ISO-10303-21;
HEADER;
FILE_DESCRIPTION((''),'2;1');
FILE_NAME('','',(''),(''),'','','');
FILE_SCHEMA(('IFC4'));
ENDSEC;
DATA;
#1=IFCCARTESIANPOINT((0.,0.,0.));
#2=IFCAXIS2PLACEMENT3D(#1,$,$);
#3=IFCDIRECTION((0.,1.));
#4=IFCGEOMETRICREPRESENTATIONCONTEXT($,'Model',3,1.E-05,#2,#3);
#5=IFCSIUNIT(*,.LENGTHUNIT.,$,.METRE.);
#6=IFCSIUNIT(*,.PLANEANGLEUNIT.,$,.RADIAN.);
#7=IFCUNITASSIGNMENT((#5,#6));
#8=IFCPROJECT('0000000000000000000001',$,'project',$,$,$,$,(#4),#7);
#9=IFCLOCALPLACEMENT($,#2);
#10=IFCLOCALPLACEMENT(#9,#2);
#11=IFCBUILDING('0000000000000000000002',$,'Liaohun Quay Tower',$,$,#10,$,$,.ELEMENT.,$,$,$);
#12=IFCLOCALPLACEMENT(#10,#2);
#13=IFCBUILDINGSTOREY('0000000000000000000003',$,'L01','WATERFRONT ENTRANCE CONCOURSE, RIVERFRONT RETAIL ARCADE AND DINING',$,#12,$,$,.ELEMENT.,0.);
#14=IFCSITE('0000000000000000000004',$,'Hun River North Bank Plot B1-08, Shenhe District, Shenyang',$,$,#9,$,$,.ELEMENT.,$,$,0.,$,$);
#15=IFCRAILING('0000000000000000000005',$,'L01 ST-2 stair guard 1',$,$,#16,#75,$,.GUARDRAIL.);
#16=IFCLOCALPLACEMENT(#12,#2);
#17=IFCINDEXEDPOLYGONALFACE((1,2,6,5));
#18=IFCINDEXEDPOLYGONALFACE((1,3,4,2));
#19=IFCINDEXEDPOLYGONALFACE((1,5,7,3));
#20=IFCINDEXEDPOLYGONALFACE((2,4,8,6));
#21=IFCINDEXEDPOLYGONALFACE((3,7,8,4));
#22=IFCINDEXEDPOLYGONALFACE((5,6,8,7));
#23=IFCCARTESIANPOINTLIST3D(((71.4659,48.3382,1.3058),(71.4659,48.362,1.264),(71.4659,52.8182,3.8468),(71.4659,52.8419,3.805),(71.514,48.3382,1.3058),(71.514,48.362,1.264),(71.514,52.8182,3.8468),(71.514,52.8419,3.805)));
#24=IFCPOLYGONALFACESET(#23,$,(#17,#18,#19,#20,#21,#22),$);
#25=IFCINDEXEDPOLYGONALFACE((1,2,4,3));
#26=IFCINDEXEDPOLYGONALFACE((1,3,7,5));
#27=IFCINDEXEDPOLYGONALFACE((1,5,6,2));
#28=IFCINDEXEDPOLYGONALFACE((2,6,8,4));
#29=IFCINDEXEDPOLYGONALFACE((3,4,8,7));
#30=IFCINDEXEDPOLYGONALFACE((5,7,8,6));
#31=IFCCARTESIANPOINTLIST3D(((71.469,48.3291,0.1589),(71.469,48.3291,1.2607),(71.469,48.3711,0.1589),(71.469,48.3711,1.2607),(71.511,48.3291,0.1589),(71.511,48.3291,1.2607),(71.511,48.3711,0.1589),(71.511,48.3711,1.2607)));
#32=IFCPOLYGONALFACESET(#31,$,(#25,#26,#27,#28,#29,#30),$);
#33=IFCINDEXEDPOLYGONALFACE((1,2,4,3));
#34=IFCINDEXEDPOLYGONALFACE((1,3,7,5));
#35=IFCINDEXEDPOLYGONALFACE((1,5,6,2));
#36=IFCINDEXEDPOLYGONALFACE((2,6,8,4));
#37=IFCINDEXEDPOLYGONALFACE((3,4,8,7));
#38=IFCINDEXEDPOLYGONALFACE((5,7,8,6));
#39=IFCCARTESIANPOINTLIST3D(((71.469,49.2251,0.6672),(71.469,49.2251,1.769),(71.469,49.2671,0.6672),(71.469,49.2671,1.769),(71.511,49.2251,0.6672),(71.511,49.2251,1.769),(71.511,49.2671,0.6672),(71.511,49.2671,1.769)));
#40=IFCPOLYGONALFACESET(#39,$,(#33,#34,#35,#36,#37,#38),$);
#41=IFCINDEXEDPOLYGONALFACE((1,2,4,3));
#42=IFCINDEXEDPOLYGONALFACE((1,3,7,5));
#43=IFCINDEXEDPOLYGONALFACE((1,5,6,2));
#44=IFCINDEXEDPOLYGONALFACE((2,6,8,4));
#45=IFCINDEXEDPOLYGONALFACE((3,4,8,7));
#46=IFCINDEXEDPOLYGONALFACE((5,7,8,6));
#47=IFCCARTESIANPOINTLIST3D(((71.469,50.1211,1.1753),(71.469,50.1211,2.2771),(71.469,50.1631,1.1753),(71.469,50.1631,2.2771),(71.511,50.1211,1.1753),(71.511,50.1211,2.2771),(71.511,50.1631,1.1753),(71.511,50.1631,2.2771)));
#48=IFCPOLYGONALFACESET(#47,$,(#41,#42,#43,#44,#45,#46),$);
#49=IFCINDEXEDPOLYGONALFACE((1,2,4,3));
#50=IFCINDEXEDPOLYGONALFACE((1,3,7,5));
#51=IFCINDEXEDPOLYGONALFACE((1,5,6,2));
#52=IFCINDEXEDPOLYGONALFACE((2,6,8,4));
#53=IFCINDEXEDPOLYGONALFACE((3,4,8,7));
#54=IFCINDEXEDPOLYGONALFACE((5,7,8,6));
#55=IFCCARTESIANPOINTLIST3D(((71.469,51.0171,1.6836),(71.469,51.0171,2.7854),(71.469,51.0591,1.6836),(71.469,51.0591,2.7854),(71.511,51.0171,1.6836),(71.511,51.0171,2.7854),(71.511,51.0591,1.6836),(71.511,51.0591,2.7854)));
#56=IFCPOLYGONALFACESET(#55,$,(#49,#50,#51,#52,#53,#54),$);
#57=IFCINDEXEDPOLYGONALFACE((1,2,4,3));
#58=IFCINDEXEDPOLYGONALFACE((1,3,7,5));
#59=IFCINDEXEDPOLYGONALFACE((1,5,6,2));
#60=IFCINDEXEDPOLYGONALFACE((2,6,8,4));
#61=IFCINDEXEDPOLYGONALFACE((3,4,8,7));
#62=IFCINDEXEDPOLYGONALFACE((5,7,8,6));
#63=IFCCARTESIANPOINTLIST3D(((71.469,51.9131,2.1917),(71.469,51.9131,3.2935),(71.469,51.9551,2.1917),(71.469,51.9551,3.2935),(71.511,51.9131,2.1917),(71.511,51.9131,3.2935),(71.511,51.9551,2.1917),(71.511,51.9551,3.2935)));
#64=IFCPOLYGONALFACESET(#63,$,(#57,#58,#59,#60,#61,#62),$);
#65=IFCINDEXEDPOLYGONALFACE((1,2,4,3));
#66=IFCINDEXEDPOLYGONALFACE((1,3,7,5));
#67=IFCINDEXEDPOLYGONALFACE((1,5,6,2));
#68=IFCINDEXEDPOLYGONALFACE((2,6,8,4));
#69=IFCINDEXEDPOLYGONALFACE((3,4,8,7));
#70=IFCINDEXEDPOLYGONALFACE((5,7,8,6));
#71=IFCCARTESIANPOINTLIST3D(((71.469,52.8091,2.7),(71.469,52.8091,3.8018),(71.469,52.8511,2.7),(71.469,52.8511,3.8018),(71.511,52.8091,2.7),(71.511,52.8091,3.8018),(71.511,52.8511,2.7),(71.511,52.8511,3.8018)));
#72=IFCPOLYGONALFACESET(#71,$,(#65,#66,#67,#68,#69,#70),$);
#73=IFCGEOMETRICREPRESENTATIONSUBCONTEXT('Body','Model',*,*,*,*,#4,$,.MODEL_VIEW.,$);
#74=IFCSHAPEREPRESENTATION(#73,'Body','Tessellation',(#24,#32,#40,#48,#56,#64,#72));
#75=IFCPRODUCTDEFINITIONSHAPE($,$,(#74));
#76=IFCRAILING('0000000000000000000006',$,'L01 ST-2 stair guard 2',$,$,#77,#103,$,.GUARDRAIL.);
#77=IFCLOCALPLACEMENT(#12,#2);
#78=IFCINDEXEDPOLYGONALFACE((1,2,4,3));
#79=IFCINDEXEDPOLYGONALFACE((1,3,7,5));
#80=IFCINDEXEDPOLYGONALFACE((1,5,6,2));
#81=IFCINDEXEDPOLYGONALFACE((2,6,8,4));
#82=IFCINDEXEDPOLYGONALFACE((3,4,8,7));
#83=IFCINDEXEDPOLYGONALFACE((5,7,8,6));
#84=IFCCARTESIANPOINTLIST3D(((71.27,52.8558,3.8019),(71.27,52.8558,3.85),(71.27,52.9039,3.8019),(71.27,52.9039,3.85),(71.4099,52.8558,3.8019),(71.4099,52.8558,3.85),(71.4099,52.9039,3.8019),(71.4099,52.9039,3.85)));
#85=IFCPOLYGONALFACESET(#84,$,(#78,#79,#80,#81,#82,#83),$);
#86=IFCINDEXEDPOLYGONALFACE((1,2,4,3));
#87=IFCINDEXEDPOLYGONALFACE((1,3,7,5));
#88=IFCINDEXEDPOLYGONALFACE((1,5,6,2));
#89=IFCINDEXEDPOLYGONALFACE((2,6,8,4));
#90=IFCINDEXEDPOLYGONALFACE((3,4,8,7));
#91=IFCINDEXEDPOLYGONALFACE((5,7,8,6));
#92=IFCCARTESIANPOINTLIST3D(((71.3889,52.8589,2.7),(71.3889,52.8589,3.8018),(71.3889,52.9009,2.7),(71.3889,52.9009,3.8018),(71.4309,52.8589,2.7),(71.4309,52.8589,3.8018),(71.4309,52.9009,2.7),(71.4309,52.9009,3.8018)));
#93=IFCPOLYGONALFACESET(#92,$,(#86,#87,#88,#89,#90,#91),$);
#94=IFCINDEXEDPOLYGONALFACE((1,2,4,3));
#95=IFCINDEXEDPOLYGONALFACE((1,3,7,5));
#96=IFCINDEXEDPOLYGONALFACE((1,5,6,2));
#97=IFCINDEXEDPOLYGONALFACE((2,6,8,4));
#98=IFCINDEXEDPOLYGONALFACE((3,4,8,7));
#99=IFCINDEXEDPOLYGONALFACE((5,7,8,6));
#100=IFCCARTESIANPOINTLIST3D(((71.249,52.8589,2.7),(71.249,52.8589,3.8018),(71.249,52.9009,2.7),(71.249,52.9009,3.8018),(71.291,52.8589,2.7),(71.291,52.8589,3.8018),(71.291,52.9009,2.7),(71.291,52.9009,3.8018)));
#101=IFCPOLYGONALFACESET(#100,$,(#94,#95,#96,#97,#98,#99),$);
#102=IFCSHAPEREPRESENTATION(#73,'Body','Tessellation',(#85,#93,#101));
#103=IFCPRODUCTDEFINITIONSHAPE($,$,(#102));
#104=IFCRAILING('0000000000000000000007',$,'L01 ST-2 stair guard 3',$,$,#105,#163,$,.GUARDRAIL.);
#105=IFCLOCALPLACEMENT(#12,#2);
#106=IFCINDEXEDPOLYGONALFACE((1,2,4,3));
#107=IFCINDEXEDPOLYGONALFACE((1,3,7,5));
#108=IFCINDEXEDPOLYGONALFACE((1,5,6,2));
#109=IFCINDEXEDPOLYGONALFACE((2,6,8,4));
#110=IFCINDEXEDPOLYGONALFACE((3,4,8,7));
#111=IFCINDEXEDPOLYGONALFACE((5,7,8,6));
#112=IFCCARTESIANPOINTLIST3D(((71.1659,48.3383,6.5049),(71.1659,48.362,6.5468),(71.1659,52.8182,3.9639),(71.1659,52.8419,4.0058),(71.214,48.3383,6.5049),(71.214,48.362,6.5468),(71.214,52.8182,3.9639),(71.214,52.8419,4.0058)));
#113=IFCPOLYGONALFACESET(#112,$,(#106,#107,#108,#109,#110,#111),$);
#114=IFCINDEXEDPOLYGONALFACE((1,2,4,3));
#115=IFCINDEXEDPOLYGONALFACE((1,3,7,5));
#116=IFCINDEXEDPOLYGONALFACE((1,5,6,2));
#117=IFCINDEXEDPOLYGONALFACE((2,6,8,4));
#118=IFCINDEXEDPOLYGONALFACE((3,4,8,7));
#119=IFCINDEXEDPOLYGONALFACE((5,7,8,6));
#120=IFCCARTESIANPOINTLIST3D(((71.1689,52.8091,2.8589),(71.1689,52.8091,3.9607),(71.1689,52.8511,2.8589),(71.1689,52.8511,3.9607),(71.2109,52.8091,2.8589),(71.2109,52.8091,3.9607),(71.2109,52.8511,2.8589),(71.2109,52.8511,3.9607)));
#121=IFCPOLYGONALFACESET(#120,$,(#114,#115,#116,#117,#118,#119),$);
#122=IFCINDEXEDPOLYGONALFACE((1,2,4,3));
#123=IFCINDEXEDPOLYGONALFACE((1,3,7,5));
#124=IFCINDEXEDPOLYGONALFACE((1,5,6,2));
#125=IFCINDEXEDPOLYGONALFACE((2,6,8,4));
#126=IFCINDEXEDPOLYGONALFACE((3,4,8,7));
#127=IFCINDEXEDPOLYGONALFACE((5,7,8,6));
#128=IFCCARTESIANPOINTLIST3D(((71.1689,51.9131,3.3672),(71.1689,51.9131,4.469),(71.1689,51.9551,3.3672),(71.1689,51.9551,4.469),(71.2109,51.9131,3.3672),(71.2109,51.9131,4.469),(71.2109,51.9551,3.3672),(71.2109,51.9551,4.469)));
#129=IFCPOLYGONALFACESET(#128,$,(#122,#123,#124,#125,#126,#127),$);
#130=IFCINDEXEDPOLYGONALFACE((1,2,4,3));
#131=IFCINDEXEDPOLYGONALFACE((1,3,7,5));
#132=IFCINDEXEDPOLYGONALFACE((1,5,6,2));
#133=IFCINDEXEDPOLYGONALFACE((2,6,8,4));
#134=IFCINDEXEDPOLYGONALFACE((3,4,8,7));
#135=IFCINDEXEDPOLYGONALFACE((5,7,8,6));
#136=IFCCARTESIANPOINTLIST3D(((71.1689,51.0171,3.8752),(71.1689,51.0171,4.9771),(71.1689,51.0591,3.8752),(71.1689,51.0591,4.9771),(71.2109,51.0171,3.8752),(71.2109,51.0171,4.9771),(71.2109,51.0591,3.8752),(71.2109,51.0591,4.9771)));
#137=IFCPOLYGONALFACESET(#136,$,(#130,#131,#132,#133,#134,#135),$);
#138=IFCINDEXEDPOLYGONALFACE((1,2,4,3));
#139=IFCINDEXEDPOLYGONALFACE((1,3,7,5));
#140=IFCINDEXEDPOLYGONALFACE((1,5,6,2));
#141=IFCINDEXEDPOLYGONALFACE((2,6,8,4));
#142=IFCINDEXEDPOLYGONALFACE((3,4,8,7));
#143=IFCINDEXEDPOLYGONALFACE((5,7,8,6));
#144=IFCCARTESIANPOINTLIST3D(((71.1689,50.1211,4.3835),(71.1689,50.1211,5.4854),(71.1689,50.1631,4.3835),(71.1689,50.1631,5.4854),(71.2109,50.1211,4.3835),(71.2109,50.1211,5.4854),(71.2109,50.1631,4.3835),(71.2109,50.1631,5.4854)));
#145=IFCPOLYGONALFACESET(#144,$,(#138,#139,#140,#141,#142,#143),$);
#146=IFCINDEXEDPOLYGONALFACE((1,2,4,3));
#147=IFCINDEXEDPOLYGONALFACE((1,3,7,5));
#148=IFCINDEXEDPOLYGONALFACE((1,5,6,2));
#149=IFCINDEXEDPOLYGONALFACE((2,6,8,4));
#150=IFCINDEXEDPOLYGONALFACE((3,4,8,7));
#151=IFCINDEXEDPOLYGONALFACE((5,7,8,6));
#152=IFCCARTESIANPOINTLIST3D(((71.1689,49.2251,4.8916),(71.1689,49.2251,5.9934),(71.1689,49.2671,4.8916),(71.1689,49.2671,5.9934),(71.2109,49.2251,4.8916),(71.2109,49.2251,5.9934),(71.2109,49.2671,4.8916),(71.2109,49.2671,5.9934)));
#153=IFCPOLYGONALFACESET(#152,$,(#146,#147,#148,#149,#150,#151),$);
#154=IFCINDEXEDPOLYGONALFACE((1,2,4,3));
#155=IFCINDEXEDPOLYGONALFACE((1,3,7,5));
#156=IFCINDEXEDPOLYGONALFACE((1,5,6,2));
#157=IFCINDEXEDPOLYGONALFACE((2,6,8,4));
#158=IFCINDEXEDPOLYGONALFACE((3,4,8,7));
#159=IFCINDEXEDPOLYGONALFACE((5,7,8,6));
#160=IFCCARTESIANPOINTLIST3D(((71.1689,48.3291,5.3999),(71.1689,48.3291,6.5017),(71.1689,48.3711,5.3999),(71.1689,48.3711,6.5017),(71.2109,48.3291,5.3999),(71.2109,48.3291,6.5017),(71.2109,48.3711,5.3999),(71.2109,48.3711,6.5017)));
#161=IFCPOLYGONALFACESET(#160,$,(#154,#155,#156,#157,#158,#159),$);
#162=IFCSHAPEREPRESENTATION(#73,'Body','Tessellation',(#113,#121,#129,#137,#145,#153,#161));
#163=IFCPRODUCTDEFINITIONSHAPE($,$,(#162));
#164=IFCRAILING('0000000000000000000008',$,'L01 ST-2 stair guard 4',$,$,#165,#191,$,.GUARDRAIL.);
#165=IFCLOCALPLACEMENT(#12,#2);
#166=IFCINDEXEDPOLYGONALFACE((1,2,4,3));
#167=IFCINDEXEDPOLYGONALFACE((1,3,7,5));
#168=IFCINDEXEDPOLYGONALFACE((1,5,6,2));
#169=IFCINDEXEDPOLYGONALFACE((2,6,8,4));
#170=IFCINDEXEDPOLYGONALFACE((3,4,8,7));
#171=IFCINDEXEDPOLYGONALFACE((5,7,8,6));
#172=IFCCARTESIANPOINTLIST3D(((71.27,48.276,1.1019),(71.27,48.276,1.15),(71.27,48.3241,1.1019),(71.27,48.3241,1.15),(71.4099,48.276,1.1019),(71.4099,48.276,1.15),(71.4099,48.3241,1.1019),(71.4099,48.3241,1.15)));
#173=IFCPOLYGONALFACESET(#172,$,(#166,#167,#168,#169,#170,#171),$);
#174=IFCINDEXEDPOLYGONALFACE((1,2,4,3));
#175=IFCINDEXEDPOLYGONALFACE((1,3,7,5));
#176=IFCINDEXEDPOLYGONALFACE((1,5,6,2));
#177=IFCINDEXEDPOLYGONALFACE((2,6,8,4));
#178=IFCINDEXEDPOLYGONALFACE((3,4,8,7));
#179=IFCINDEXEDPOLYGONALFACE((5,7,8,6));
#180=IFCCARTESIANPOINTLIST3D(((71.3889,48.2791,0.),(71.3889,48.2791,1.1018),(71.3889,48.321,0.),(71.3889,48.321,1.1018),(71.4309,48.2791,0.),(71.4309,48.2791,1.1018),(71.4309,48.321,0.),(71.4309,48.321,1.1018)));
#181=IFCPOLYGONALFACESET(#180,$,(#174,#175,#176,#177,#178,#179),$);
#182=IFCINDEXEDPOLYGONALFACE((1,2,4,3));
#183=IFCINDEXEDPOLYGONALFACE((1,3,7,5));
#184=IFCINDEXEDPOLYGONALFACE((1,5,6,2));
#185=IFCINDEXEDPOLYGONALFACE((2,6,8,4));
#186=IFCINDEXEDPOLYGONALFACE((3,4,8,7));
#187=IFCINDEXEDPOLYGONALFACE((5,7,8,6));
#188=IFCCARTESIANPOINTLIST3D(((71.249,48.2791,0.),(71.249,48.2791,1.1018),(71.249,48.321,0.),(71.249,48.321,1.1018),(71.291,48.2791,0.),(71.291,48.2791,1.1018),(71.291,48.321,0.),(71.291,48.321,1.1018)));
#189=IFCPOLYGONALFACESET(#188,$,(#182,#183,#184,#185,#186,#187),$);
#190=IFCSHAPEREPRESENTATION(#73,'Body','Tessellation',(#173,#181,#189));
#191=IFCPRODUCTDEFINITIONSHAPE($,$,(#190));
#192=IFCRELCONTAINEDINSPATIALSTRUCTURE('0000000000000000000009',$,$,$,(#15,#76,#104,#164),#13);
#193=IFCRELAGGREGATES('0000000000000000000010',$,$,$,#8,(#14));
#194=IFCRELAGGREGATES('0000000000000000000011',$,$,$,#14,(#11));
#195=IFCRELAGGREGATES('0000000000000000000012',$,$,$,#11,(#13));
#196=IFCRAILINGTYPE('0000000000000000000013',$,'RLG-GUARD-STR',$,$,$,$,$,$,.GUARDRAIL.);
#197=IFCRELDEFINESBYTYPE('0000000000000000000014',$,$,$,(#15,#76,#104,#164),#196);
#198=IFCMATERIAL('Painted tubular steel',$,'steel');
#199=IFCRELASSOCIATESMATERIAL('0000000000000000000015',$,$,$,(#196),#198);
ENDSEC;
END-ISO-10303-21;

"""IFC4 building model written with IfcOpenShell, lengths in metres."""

from ifc_helpers import new_model, si_unit, direction, frame, origin, origin_2d, place, context, subcontext, project, spatial, rectangle, extrude, material, type_object, element, save


model = new_model("IFC4")

# Units and contexts
model_context = context("Model", 3, precision=1e-05, world=origin(), true_north=direction((0.0, 1.0)))
body_context = subcontext(model_context, "Body", "Model", "MODEL_VIEW")
ifc_project = project(units=[si_unit("LENGTHUNIT", "METRE"), si_unit("PLANEANGLEUNIT", "RADIAN")], contexts=[model_context])

# Site, building, storey
site_placement = place(None, origin())
site = spatial("IfcSite", under=ifc_project, at=site_placement, Name="Hun River North Bank Plot B1-08, Shenhe District, Shenyang", CompositionType="ELEMENT", RefElevation=0.0)
building_placement = place(site_placement, origin())
building = spatial("IfcBuilding", under=site, at=building_placement, Name="Liaohun Quay Tower", CompositionType="ELEMENT")
storey_placement = place(building_placement, origin())
storey = spatial("IfcBuildingStorey", under=building, at=storey_placement, Name="L01", Description="WATERFRONT ENTRANCE CONCOURSE, RIVERFRONT RETAIL ARCADE AND DINING", CompositionType="ELEMENT", Elevation=0.0)

# Railings
ifc_material_1 = material(Name="Painted tubular steel", Category="steel")
railing_type_1 = type_object("IfcRailingType", Name="RLG-GUARD-STR", PredefinedType="GUARDRAIL", material=ifc_material_1)
railing_1_placement = place(storey_placement, frame((71.49, 48.3501, 0.1589)))
element("IfcRailing", 1, at=railing_1_placement, inside=storey, type_object=railing_type_1, Name="L01 ST-2 stair guard 1", PredefinedType="GUARDRAIL", context=body_context, shape_type="SweptSolid", body=[
    extrude(rectangle(XDim=0.0481, YDim=0.0481, at=origin_2d()), frame((0.0, 0.0, 1.126), z_axis=(0.0, 0.869826, 0.493359), x_axis=(-1.0, 0.0, 0.0)), (0.0, 0.0, 1.0), 5.1504),
    extrude(rectangle(XDim=0.042, YDim=0.042, at=origin_2d()), origin(), (0.0, 0.0, 1.0), 1.1018),
    extrude(rectangle(XDim=0.042, YDim=0.042, at=origin_2d()), frame((0.0, 0.896, 0.5083)), (0.0, 0.0, 1.0), 1.1018),
    extrude(rectangle(XDim=0.042, YDim=0.042, at=origin_2d()), frame((0.0, 1.792, 1.0164)), (0.0, 0.0, 1.0), 1.1018),
    extrude(rectangle(XDim=0.042, YDim=0.042, at=origin_2d()), frame((0.0, 2.688, 1.5247)), (0.0, 0.0, 1.0), 1.1018),
    extrude(rectangle(XDim=0.042, YDim=0.042, at=origin_2d()), frame((0.0, 3.584, 2.0327)), (0.0, 0.0, 1.0), 1.1018),
    extrude(rectangle(XDim=0.042, YDim=0.042, at=origin_2d()), frame((0.0, 4.48, 2.541)), (0.0, 0.0, 1.0), 1.1018),
])
railing_2_placement = place(storey_placement, frame((71.4099, 52.8799, 2.7)))
element("IfcRailing", 2, at=railing_2_placement, inside=storey, type_object=railing_type_1, Name="L01 ST-2 stair guard 2", PredefinedType="GUARDRAIL", context=body_context, shape_type="SweptSolid", body=[
    extrude(rectangle(XDim=0.0481, YDim=0.0481, at=origin_2d()), frame((0.0, 0.0, 1.126), z_axis=(-1.0, 0.0, 0.0), x_axis=(0.0, -1.0, 0.0)), (0.0, 0.0, 1.0), 0.1399),
    extrude(rectangle(XDim=0.042, YDim=0.042, at=origin_2d()), origin(), (0.0, 0.0, 1.0), 1.1018),
    extrude(rectangle(XDim=0.042, YDim=0.042, at=origin_2d()), frame((-0.1399, 0.0, 0.0)), (0.0, 0.0, 1.0), 1.1018),
])
railing_3_placement = place(storey_placement, frame((71.1899, 52.8301, 2.8589)))
element("IfcRailing", 3, at=railing_3_placement, inside=storey, type_object=railing_type_1, Name="L01 ST-2 stair guard 3", PredefinedType="GUARDRAIL", context=body_context, shape_type="SweptSolid", body=[
    extrude(rectangle(XDim=0.0481, YDim=0.0481, at=origin_2d()), frame((0.0, 0.0, 1.126), z_axis=(0.0, -0.869826, 0.493359), x_axis=(1.0, 0.0, 0.0)), (0.0, 0.0, 1.0), 5.1504),
    extrude(rectangle(XDim=0.042, YDim=0.042, at=origin_2d()), origin(), (0.0, 0.0, 1.0), 1.1018),
    extrude(rectangle(XDim=0.042, YDim=0.042, at=origin_2d()), frame((0.0, -0.896, 0.5083)), (0.0, 0.0, 1.0), 1.1018),
    extrude(rectangle(XDim=0.042, YDim=0.042, at=origin_2d()), frame((0.0, -1.792, 1.0164)), (0.0, 0.0, 1.0), 1.1018),
    extrude(rectangle(XDim=0.042, YDim=0.042, at=origin_2d()), frame((0.0, -2.688, 1.5247)), (0.0, 0.0, 1.0), 1.1018),
    extrude(rectangle(XDim=0.042, YDim=0.042, at=origin_2d()), frame((0.0, -3.584, 2.0327)), (0.0, 0.0, 1.0), 1.1018),
    extrude(rectangle(XDim=0.042, YDim=0.042, at=origin_2d()), frame((0.0, -4.48, 2.541)), (0.0, 0.0, 1.0), 1.1018),
])
railing_4_placement = place(storey_placement, frame((71.4099, 48.3, 0.0)))
element("IfcRailing", 4, at=railing_4_placement, inside=storey, type_object=railing_type_1, Name="L01 ST-2 stair guard 4", PredefinedType="GUARDRAIL", context=body_context, shape_type="SweptSolid", body=[
    extrude(rectangle(XDim=0.0481, YDim=0.0481, at=origin_2d()), frame((0.0, 0.0, 1.126), z_axis=(-1.0, 0.0, 0.0), x_axis=(0.0, -1.0, 0.0)), (0.0, 0.0, 1.0), 0.1399),
    extrude(rectangle(XDim=0.042, YDim=0.042, at=origin_2d()), origin(), (0.0, 0.0, 1.0), 1.1018),
    extrude(rectangle(XDim=0.042, YDim=0.042, at=origin_2d()), frame((-0.1399, 0.0, 0.0)), (0.0, 0.0, 1.0), 1.1018),
])

save(model, "model.ifc")
